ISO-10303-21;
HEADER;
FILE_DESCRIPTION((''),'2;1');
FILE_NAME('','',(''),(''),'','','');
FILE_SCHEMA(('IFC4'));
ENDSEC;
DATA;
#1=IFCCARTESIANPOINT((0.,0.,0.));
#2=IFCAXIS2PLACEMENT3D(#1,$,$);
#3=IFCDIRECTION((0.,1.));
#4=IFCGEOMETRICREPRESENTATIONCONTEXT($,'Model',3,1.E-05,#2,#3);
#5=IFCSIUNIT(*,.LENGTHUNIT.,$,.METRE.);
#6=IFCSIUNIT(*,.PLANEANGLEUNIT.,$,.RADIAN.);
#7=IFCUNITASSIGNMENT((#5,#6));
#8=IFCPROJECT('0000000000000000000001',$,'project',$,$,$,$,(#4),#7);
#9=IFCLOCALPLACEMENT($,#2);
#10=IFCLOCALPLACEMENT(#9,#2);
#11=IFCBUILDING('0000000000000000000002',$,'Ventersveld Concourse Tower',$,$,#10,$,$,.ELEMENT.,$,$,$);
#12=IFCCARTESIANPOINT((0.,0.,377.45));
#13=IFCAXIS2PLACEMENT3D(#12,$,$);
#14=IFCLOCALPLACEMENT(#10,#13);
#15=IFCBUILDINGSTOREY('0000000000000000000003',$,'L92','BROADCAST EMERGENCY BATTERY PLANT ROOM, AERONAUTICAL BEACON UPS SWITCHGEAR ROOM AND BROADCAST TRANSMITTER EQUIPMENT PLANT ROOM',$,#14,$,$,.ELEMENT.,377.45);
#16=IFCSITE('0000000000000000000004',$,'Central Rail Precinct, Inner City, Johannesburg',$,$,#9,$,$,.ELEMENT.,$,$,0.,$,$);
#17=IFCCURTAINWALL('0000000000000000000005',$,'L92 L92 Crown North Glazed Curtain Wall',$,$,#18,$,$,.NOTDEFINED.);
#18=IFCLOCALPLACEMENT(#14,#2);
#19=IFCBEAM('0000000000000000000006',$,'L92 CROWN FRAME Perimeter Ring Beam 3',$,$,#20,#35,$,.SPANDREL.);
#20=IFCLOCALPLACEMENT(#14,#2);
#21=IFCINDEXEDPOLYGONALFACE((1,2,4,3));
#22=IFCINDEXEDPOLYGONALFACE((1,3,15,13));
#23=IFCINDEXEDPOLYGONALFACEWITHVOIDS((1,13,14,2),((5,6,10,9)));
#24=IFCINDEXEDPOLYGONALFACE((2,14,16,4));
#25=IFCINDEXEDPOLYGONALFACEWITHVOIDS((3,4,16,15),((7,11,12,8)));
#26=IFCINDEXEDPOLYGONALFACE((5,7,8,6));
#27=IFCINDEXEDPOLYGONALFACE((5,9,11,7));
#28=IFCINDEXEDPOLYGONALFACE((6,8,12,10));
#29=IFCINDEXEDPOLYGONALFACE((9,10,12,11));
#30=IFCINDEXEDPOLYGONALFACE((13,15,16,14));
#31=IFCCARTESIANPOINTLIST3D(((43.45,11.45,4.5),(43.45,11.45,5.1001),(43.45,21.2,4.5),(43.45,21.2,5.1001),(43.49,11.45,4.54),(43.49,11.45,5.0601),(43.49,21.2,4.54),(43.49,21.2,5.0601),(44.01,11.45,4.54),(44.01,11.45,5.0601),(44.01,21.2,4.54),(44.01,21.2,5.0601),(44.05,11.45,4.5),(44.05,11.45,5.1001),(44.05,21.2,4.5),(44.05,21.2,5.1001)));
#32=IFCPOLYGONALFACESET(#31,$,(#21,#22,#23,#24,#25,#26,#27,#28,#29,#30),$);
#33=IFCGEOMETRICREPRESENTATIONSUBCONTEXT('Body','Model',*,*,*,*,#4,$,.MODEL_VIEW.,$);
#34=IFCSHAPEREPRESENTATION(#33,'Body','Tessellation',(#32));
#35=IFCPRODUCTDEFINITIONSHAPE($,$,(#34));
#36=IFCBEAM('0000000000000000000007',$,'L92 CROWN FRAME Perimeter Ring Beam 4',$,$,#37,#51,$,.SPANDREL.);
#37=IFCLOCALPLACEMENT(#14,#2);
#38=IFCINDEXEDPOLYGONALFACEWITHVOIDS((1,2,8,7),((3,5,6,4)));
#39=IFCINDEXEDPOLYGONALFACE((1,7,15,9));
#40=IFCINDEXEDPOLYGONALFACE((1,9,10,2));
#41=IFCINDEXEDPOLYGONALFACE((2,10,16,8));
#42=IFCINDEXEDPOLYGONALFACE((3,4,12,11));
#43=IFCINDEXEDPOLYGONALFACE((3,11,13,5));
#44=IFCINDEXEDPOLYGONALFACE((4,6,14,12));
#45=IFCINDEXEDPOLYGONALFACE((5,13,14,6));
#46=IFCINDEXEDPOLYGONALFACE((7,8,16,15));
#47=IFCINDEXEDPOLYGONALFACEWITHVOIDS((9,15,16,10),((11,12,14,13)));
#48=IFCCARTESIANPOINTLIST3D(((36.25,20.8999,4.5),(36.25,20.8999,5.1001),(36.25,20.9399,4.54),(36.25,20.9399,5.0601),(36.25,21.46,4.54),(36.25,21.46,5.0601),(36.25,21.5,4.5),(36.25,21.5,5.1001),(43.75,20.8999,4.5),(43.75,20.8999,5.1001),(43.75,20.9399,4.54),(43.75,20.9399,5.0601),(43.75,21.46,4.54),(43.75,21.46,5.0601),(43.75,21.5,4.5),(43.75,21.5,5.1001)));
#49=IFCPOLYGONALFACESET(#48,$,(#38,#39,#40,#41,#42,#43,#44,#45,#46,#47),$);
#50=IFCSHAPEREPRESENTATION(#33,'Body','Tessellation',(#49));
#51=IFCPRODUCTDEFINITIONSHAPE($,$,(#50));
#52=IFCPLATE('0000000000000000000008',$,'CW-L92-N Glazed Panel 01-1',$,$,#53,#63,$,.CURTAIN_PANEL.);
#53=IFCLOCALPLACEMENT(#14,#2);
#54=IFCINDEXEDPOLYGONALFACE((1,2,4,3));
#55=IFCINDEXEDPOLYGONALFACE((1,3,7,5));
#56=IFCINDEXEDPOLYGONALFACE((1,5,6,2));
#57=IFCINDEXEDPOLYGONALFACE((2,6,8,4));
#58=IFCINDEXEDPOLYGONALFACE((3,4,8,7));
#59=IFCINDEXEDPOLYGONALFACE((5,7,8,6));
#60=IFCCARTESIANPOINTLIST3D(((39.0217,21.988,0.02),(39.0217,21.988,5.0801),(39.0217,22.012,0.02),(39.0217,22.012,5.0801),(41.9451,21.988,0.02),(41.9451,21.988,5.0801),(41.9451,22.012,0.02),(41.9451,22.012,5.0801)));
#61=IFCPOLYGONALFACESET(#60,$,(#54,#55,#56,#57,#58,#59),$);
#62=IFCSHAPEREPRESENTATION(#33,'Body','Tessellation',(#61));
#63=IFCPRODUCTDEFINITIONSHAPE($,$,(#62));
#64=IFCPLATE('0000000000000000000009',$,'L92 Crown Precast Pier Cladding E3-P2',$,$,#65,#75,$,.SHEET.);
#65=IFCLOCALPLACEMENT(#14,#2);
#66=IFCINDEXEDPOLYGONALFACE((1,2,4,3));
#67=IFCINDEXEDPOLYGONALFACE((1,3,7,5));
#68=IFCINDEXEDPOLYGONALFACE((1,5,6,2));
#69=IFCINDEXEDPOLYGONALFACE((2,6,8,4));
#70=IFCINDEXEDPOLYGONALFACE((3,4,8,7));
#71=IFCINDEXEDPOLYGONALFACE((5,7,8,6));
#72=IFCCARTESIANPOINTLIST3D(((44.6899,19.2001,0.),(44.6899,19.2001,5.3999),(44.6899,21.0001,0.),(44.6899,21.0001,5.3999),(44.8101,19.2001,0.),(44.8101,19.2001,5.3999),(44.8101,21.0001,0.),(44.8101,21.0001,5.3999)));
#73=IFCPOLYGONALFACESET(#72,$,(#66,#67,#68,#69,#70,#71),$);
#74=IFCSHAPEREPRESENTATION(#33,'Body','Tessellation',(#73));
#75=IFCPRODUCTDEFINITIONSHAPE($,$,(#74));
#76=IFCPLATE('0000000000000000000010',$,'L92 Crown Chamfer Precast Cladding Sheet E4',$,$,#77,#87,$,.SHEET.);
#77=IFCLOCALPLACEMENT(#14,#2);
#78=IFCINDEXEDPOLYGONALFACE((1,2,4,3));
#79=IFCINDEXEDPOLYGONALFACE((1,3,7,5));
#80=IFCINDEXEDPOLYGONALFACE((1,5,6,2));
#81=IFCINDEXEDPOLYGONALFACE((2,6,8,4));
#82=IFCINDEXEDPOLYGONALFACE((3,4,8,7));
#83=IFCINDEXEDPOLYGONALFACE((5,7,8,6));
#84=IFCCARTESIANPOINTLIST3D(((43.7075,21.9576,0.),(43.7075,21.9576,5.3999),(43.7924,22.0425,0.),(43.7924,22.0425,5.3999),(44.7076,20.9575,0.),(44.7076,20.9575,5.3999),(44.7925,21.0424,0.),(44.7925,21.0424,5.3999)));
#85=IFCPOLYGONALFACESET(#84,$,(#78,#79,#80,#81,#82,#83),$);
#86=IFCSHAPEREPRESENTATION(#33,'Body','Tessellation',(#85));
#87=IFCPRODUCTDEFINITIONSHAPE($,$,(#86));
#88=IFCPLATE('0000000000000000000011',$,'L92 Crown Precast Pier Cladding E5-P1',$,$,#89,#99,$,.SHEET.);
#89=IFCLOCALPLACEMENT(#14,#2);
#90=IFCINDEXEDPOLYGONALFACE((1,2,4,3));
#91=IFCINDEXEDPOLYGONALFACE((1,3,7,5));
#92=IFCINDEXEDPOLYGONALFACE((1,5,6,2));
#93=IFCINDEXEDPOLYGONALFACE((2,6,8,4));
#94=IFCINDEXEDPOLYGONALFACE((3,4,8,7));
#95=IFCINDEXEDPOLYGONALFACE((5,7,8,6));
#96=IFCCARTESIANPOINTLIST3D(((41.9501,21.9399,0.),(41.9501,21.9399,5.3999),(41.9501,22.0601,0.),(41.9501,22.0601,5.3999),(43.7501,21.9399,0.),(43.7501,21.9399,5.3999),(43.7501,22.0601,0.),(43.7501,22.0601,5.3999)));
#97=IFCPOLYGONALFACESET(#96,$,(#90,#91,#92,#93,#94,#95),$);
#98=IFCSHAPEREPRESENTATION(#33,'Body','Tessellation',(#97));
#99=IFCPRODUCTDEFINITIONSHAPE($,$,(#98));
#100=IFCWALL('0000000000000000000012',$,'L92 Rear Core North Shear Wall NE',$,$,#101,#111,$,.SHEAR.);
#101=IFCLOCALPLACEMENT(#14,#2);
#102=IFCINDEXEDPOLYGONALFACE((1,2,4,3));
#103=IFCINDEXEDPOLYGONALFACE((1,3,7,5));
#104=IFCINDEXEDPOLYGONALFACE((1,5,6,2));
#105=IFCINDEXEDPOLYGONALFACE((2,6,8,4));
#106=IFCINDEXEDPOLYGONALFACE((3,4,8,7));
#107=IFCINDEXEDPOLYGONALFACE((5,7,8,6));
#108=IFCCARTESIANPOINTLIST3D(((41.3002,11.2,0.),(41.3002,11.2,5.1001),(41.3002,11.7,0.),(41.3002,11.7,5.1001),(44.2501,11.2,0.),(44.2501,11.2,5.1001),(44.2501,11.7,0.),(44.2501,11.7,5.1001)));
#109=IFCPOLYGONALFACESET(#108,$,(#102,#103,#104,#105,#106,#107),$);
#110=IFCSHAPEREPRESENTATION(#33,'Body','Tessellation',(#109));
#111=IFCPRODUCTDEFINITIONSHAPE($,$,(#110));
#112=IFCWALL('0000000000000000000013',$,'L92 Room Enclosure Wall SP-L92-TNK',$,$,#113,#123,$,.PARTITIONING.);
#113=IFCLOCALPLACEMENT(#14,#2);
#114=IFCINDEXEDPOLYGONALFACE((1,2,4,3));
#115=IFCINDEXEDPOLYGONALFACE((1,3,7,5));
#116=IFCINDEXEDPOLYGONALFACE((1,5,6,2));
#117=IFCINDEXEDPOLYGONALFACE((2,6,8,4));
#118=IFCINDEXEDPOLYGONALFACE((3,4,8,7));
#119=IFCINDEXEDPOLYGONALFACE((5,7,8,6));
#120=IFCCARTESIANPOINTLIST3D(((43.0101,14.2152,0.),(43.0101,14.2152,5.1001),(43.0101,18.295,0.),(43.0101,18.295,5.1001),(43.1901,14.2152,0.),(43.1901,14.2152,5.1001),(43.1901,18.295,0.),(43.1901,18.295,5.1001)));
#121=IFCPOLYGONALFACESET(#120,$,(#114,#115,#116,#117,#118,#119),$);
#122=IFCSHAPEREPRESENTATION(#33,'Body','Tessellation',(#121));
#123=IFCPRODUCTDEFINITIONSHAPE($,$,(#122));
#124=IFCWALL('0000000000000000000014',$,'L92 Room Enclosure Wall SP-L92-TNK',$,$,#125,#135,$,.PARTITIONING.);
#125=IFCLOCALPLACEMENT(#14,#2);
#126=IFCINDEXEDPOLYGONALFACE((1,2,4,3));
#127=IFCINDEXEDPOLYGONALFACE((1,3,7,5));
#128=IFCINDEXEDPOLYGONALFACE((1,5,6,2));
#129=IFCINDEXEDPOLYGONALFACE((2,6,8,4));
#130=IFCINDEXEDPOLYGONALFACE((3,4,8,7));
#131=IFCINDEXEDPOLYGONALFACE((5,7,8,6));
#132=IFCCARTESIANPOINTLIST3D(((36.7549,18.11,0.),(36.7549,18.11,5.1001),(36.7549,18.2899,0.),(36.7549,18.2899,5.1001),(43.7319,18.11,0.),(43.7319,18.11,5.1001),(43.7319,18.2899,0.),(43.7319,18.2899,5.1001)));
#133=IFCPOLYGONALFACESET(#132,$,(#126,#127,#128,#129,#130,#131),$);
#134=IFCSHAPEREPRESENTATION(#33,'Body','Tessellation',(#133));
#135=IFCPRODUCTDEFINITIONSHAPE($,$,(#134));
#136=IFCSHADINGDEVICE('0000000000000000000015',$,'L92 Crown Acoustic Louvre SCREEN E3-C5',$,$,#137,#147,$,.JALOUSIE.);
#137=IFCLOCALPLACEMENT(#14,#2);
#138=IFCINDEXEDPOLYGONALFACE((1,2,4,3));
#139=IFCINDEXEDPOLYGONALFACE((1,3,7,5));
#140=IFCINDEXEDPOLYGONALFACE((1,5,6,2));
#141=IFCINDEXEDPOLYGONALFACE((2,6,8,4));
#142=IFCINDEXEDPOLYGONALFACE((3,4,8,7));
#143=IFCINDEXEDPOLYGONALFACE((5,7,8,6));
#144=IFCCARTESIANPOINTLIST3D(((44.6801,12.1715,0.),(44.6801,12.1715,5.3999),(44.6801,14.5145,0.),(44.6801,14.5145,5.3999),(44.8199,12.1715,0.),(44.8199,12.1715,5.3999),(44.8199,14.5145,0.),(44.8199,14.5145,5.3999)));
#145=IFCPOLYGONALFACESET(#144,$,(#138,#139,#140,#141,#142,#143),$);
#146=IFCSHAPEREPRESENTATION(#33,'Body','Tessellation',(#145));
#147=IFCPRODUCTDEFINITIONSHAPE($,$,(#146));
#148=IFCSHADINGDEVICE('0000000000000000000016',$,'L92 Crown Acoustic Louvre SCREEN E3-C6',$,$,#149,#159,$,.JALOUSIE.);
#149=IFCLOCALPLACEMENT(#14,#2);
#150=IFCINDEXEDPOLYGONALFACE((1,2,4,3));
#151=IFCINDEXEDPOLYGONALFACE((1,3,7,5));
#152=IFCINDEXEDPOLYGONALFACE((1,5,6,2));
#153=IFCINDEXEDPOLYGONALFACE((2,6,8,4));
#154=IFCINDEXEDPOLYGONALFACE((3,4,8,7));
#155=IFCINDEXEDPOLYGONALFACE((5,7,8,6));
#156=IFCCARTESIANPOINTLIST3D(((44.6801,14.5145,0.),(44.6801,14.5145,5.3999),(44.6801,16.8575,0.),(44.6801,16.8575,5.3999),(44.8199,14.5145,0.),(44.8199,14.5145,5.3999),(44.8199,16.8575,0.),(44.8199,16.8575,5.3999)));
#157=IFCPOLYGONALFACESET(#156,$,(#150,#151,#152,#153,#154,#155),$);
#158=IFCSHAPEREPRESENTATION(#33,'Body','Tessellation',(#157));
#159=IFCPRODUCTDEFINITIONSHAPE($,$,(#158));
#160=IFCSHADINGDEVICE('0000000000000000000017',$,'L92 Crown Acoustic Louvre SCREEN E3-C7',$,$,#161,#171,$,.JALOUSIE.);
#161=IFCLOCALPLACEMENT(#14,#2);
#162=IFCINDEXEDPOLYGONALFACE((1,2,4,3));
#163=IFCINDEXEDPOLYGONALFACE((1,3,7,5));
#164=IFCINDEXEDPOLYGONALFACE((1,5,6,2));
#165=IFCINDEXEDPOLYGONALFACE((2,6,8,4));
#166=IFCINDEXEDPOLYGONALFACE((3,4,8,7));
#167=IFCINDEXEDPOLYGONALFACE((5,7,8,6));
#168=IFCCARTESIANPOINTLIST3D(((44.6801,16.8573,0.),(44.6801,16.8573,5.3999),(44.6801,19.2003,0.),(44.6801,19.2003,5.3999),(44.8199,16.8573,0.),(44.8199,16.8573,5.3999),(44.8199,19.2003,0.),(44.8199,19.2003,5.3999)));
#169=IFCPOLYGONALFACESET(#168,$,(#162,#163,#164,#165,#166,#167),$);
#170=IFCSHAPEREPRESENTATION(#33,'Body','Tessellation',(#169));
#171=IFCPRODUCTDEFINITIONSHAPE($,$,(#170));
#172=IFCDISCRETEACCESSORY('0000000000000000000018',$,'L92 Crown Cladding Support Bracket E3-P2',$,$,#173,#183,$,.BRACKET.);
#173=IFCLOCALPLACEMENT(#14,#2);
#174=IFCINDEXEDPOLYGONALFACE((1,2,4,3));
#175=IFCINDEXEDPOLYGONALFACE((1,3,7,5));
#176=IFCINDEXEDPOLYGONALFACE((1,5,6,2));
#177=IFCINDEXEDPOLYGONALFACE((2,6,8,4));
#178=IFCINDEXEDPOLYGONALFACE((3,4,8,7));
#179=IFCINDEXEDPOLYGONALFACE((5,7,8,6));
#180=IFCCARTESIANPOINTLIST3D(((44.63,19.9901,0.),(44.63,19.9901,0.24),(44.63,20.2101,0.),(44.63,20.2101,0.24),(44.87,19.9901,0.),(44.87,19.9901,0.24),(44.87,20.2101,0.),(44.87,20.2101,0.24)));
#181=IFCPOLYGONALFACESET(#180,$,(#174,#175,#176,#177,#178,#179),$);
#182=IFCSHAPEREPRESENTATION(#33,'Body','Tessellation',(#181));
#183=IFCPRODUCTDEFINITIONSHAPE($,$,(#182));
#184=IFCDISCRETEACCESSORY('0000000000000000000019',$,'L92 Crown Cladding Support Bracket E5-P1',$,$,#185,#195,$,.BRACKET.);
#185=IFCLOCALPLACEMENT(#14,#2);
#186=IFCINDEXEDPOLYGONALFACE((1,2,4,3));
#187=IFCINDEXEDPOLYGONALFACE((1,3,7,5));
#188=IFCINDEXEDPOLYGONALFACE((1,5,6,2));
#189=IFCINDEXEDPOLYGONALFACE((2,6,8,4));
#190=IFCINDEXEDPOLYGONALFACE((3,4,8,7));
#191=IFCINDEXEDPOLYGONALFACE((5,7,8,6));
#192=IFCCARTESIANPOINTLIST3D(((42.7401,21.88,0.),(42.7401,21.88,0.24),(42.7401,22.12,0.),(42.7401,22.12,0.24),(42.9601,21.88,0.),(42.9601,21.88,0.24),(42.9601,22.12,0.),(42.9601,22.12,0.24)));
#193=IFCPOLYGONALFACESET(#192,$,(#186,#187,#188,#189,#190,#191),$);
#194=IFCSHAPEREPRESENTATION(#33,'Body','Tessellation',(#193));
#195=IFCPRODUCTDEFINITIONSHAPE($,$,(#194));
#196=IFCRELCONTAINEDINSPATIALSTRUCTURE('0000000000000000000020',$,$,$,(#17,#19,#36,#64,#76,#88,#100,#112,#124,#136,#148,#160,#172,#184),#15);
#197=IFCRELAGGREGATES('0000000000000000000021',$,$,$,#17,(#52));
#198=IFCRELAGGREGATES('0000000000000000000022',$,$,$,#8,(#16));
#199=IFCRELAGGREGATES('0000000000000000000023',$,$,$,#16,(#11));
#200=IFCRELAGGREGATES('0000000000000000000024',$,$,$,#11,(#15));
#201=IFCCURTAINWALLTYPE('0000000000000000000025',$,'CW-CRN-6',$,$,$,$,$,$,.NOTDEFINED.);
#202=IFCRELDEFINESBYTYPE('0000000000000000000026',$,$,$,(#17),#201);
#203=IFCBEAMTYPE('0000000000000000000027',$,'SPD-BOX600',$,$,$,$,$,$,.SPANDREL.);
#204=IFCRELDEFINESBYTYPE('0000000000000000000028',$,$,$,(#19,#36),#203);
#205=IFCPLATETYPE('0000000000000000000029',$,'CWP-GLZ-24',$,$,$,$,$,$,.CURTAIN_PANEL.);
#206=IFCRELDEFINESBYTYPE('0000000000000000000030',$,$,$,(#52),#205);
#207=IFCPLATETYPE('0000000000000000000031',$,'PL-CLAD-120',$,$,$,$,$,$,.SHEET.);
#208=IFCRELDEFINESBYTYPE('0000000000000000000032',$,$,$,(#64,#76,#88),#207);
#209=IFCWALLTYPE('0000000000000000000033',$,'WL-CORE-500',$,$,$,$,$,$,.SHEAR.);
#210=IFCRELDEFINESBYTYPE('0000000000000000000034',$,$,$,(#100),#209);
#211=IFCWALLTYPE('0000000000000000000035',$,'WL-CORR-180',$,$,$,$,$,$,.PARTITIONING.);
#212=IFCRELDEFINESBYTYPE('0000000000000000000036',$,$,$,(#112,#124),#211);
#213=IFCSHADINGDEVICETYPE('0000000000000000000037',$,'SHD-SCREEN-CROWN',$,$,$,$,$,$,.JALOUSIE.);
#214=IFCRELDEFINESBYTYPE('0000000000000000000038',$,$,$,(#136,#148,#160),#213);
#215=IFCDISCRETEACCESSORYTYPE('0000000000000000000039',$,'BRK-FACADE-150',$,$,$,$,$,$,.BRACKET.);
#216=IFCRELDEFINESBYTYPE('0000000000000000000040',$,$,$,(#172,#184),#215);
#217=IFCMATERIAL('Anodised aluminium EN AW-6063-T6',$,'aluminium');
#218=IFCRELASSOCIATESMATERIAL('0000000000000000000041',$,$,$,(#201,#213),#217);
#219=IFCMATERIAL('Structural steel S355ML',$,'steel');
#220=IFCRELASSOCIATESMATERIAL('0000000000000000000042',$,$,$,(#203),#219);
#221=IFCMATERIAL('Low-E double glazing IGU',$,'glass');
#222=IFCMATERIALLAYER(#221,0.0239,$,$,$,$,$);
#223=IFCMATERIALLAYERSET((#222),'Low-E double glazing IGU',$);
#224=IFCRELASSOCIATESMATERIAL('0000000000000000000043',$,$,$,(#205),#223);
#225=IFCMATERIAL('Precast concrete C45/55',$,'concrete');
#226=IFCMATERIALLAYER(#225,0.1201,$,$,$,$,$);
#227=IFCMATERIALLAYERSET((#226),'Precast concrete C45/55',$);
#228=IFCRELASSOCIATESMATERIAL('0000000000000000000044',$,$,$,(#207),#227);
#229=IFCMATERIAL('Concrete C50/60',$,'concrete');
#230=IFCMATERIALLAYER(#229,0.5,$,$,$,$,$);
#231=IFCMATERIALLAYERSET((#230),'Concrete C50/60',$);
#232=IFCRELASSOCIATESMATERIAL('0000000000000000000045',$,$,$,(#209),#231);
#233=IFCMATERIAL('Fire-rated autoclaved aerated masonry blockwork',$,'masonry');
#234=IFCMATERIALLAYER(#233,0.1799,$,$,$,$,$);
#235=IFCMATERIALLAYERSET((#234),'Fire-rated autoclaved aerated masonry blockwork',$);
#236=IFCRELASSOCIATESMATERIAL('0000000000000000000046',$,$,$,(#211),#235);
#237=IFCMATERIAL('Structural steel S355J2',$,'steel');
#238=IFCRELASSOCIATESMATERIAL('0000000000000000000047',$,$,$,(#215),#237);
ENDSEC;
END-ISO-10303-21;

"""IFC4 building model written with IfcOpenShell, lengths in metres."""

from ifc_helpers import new_model, si_unit, direction, frame, frame_2d, origin, origin_2d, place, context, subcontext, project, spatial, rectangle, hollow_rectangle, extrude, material, layer, layer_set, material_profile, profile_set, type_object, element, aggregate, save


model = new_model("IFC4")

# Units and contexts
model_context = context("Model", 3, precision=1e-05, world=origin(), true_north=direction((0.0, 1.0)))
body_context = subcontext(model_context, "Body", "Model", "MODEL_VIEW")
ifc_project = project(units=[si_unit("LENGTHUNIT", "METRE"), si_unit("PLANEANGLEUNIT", "RADIAN")], contexts=[model_context])

# Site, building, storey
site_placement = place(None, origin())
site = spatial("IfcSite", under=ifc_project, at=site_placement, Name="Central Rail Precinct, Inner City, Johannesburg", CompositionType="ELEMENT", RefElevation=0.0)
building_placement = place(site_placement, origin())
building = spatial("IfcBuilding", under=site, at=building_placement, Name="Ventersveld Concourse Tower", CompositionType="ELEMENT")
storey_placement = place(building_placement, frame((0.0, 0.0, 377.45)))
storey = spatial("IfcBuildingStorey", under=building, at=storey_placement, Name="L92", Description="BROADCAST EMERGENCY BATTERY PLANT ROOM, AERONAUTICAL BEACON UPS SWITCHGEAR ROOM AND BROADCAST TRANSMITTER EQUIPMENT PLANT ROOM", CompositionType="ELEMENT", Elevation=377.45)

# Shared definitions
ifc_material_1 = material(Name="Structural steel S355ML", Category="steel")

# Curtain wall
ifc_material_2 = material(Name="Anodised aluminium EN AW-6063-T6", Category="aluminium")
curtain_wall_type = type_object("IfcCurtainWallType", Name="CW-CRN-6", PredefinedType="NOTDEFINED", material=ifc_material_2)
curtain_wall_placement = place(storey_placement, origin())
curtain_wall = element("IfcCurtainWall", 1, at=curtain_wall_placement, inside=storey, type_object=curtain_wall_type, Name="L92 L92 Crown North Glazed Curtain Wall", PredefinedType="NOTDEFINED")

# Beams
ifc_material_profile_1 = material_profile(ifc_material_1, hollow_rectangle(XDim=0.6001, YDim=0.6001, WallThickness=0.04, at=origin_2d()), Name="BOX 600x600x40")
ifc_profile_set_1 = profile_set([ifc_material_profile_1], Name="Structural steel S355ML")
beam_type = type_object("IfcBeamType", Name="SPD-BOX600", PredefinedType="SPANDREL", material=ifc_profile_set_1)
beam_1_placement = place(storey_placement, frame((43.75, 11.45, 4.8), z_axis=(0.0, 1.0, 0.0), x_axis=(-1.0, 0.0, 0.0)))
element("IfcBeam", 2, at=beam_1_placement, inside=storey, type_object=beam_type, Name="L92 CROWN FRAME Perimeter Ring Beam 3", PredefinedType="SPANDREL", context=body_context, shape_type="SweptSolid", body=[
    extrude(hollow_rectangle(XDim=0.6001, YDim=0.6001, WallThickness=0.04, at=origin_2d()), origin(), (0.0, 0.0, 1.0), 9.75),
])
beam_2_placement = place(storey_placement, frame((43.75, 21.2, 4.8), z_axis=(-1.0, 0.0, 0.0), x_axis=(0.0, -1.0, 0.0)))
element("IfcBeam", 3, at=beam_2_placement, inside=storey, type_object=beam_type, Name="L92 CROWN FRAME Perimeter Ring Beam 4", PredefinedType="SPANDREL", context=body_context, shape_type="SweptSolid", body=[
    extrude(hollow_rectangle(XDim=0.6001, YDim=0.6001, WallThickness=0.04, at=origin_2d()), origin(), (0.0, 0.0, 1.0), 7.5),
])

# Plate
ifc_material_3 = material(Name="Low-E double glazing IGU", Category="glass")
ifc_layer_1 = layer(ifc_material_3, 0.0239)
ifc_layer_set_1 = layer_set([ifc_layer_1], Name="Low-E double glazing IGU")
plate_type_1 = type_object("IfcPlateType", Name="CWP-GLZ-24", PredefinedType="CURTAIN_PANEL", material=ifc_layer_set_1)
plate_1_placement = place(storey_placement, frame((40.4834, 22.0, 0.02), z_axis=(0.0, 0.0, 1.0), x_axis=(-1.0, 0.0, 0.0)))
plate_1 = element("IfcPlate", 4, at=plate_1_placement, type_object=plate_type_1, Name="CW-L92-N Glazed Panel 01-1", PredefinedType="CURTAIN_PANEL", context=body_context, shape_type="SweptSolid", body=[
    extrude(rectangle(XDim=2.9233, YDim=0.0239, at=origin_2d()), origin(), (0.0, 0.0, 1.0), 5.0601),
])
aggregate(curtain_wall, [plate_1])

# Plates
ifc_material_4 = material(Name="Precast concrete C45/55", Category="concrete")
ifc_layer_2 = layer(ifc_material_4, 0.1201)
ifc_layer_set_2 = layer_set([ifc_layer_2], Name="Precast concrete C45/55")
plate_type_2 = type_object("IfcPlateType", Name="PL-CLAD-120", PredefinedType="SHEET", material=ifc_layer_set_2)
plate_2_placement = place(storey_placement, frame((44.75, 20.1001, 0.0), z_axis=(0.0, 0.0, 1.0), x_axis=(0.0, 1.0, 0.0)))
element("IfcPlate", 5, at=plate_2_placement, inside=storey, type_object=plate_type_2, Name="L92 Crown Precast Pier Cladding E3-P2", PredefinedType="SHEET", context=body_context, shape_type="SweptSolid", body=[
    extrude(rectangle(XDim=1.8, YDim=0.1201, at=origin_2d()), origin(), (0.0, 0.0, 1.0), 5.3999),
])
plate_3_placement = place(storey_placement, frame((44.25, 21.5, 0.0), z_axis=(0.0, 0.0, 1.0), x_axis=(-0.707107, 0.707107, 0.0)))
element("IfcPlate", 6, at=plate_3_placement, inside=storey, type_object=plate_type_2, Name="L92 Crown Chamfer Precast Cladding Sheet E4", PredefinedType="SHEET", context=body_context, shape_type="SweptSolid", body=[
    extrude(rectangle(XDim=1.4143, YDim=0.1201, at=origin_2d()), origin(), (0.0, 0.0, 1.0), 5.3999),
])
plate_4_placement = place(storey_placement, frame((42.8501, 22.0, 0.0), z_axis=(0.0, 0.0, 1.0), x_axis=(-1.0, 0.0, 0.0)))
element("IfcPlate", 7, at=plate_4_placement, inside=storey, type_object=plate_type_2, Name="L92 Crown Precast Pier Cladding E5-P1", PredefinedType="SHEET", context=body_context, shape_type="SweptSolid", body=[
    extrude(rectangle(XDim=1.8, YDim=0.1201, at=origin_2d()), origin(), (0.0, 0.0, 1.0), 5.3999),
])

# Walls
ifc_material_5 = material(Name="Concrete C50/60", Category="concrete")
ifc_layer_3 = layer(ifc_material_5, 0.5)
ifc_layer_set_3 = layer_set([ifc_layer_3], Name="Concrete C50/60")
wall_type_1 = type_object("IfcWallType", Name="WL-CORE-500", PredefinedType="SHEAR", material=ifc_layer_set_3)
wall_1_placement = place(storey_placement, frame((41.3, 11.45, 0.0), z_axis=(0.0, 0.0, 1.0), x_axis=(1.0, 0.0, 0.0)))
element("IfcWall", 8, at=wall_1_placement, inside=storey, type_object=wall_type_1, Name="L92 Rear Core North Shear Wall NE", PredefinedType="SHEAR", context=body_context, shape_type="SweptSolid", body=[
    extrude(rectangle(XDim=2.95, YDim=0.5, at=frame_2d((1.4751, 0.0))), origin(), (0.0, 0.0, 1.0), 5.1001),
])
ifc_material_6 = material(Name="Fire-rated autoclaved aerated masonry blockwork", Category="masonry")
ifc_layer_4 = layer(ifc_material_6, 0.1799)
ifc_layer_set_4 = layer_set([ifc_layer_4], Name="Fire-rated autoclaved aerated masonry blockwork")
wall_type_2 = type_object("IfcWallType", Name="WL-CORR-180", PredefinedType="PARTITIONING", material=ifc_layer_set_4)
wall_2_placement = place(storey_placement, frame((43.1001, 14.2151, 0.0), z_axis=(0.0, 0.0, 1.0), x_axis=(0.0, 1.0, 0.0)))
element("IfcWall", 9, at=wall_2_placement, inside=storey, type_object=wall_type_2, Name="L92 Room Enclosure Wall SP-L92-TNK", PredefinedType="PARTITIONING", context=body_context, shape_type="SweptSolid", body=[
    extrude(rectangle(XDim=4.0798, YDim=0.1799, at=frame_2d((2.04, 0.0))), origin(), (0.0, 0.0, 1.0), 5.1001),
])
wall_3_placement = place(storey_placement, frame((43.7319, 18.2, 0.0), z_axis=(0.0, 0.0, 1.0), x_axis=(-1.0, 0.0, 0.0)))
element("IfcWall", 10, at=wall_3_placement, inside=storey, type_object=wall_type_2, Name="L92 Room Enclosure Wall SP-L92-TNK", PredefinedType="PARTITIONING", context=body_context, shape_type="SweptSolid", body=[
    extrude(rectangle(XDim=6.9771, YDim=0.1799, at=frame_2d((3.4885, 0.0))), origin(), (0.0, 0.0, 1.0), 5.1001),
])

# Shading devices
shading_device_type = type_object("IfcShadingDeviceType", Name="SHD-SCREEN-CROWN", PredefinedType="JALOUSIE", material=ifc_material_2)
for number, where, z_axis, x_axis, name in (
    (11, (44.75, 13.343, 0.0), (0.0, 0.0, 1.0), (0.0, 1.0, 0.0), "L92 Crown Acoustic Louvre SCREEN E3-C5"),
    (12, (44.75, 15.686, 0.0), (0.0, 0.0, 1.0), (0.0, 1.0, 0.0), "L92 Crown Acoustic Louvre SCREEN E3-C6"),
    (13, (44.75, 18.0288, 0.0), (0.0, 0.0, 1.0), (0.0, 1.0, 0.0), "L92 Crown Acoustic Louvre SCREEN E3-C7"),
):
    element("IfcShadingDevice", number, at=place(storey_placement, frame(where, z_axis=z_axis, x_axis=x_axis)), inside=storey, type_object=shading_device_type, Name=name, PredefinedType="JALOUSIE", context=body_context, shape_type="SweptSolid", body=[
        extrude(rectangle(XDim=2.343, YDim=0.1399, at=origin_2d()), origin(), (0.0, 0.0, 1.0), 5.3999),
    ])

# Discrete accessories
ifc_material_7 = material(Name="Structural steel S355J2", Category="steel")
discrete_accessory_type_1 = type_object("IfcDiscreteAccessoryType", Name="BRK-FACADE-150", PredefinedType="BRACKET", material=ifc_material_7)
for number, where, z_axis, x_axis, name in (
    (14, (44.75, 20.1001, 0.0), (0.0, 0.0, 1.0), (0.0, 1.0, 0.0), "L92 Crown Cladding Support Bracket E3-P2"),
    (15, (42.8501, 22.0, 0.0), (0.0, 0.0, 1.0), (-1.0, 0.0, 0.0), "L92 Crown Cladding Support Bracket E5-P1"),
):
    element("IfcDiscreteAccessory", number, at=place(storey_placement, frame(where, z_axis=z_axis, x_axis=x_axis)), inside=storey, type_object=discrete_accessory_type_1, Name=name, PredefinedType="BRACKET", context=body_context, shape_type="SweptSolid", body=[
        extrude(rectangle(XDim=0.22, YDim=0.24, at=origin_2d()), origin(), (0.0, 0.0, 1.0), 0.24),
    ])

save(model, "model.ifc")
